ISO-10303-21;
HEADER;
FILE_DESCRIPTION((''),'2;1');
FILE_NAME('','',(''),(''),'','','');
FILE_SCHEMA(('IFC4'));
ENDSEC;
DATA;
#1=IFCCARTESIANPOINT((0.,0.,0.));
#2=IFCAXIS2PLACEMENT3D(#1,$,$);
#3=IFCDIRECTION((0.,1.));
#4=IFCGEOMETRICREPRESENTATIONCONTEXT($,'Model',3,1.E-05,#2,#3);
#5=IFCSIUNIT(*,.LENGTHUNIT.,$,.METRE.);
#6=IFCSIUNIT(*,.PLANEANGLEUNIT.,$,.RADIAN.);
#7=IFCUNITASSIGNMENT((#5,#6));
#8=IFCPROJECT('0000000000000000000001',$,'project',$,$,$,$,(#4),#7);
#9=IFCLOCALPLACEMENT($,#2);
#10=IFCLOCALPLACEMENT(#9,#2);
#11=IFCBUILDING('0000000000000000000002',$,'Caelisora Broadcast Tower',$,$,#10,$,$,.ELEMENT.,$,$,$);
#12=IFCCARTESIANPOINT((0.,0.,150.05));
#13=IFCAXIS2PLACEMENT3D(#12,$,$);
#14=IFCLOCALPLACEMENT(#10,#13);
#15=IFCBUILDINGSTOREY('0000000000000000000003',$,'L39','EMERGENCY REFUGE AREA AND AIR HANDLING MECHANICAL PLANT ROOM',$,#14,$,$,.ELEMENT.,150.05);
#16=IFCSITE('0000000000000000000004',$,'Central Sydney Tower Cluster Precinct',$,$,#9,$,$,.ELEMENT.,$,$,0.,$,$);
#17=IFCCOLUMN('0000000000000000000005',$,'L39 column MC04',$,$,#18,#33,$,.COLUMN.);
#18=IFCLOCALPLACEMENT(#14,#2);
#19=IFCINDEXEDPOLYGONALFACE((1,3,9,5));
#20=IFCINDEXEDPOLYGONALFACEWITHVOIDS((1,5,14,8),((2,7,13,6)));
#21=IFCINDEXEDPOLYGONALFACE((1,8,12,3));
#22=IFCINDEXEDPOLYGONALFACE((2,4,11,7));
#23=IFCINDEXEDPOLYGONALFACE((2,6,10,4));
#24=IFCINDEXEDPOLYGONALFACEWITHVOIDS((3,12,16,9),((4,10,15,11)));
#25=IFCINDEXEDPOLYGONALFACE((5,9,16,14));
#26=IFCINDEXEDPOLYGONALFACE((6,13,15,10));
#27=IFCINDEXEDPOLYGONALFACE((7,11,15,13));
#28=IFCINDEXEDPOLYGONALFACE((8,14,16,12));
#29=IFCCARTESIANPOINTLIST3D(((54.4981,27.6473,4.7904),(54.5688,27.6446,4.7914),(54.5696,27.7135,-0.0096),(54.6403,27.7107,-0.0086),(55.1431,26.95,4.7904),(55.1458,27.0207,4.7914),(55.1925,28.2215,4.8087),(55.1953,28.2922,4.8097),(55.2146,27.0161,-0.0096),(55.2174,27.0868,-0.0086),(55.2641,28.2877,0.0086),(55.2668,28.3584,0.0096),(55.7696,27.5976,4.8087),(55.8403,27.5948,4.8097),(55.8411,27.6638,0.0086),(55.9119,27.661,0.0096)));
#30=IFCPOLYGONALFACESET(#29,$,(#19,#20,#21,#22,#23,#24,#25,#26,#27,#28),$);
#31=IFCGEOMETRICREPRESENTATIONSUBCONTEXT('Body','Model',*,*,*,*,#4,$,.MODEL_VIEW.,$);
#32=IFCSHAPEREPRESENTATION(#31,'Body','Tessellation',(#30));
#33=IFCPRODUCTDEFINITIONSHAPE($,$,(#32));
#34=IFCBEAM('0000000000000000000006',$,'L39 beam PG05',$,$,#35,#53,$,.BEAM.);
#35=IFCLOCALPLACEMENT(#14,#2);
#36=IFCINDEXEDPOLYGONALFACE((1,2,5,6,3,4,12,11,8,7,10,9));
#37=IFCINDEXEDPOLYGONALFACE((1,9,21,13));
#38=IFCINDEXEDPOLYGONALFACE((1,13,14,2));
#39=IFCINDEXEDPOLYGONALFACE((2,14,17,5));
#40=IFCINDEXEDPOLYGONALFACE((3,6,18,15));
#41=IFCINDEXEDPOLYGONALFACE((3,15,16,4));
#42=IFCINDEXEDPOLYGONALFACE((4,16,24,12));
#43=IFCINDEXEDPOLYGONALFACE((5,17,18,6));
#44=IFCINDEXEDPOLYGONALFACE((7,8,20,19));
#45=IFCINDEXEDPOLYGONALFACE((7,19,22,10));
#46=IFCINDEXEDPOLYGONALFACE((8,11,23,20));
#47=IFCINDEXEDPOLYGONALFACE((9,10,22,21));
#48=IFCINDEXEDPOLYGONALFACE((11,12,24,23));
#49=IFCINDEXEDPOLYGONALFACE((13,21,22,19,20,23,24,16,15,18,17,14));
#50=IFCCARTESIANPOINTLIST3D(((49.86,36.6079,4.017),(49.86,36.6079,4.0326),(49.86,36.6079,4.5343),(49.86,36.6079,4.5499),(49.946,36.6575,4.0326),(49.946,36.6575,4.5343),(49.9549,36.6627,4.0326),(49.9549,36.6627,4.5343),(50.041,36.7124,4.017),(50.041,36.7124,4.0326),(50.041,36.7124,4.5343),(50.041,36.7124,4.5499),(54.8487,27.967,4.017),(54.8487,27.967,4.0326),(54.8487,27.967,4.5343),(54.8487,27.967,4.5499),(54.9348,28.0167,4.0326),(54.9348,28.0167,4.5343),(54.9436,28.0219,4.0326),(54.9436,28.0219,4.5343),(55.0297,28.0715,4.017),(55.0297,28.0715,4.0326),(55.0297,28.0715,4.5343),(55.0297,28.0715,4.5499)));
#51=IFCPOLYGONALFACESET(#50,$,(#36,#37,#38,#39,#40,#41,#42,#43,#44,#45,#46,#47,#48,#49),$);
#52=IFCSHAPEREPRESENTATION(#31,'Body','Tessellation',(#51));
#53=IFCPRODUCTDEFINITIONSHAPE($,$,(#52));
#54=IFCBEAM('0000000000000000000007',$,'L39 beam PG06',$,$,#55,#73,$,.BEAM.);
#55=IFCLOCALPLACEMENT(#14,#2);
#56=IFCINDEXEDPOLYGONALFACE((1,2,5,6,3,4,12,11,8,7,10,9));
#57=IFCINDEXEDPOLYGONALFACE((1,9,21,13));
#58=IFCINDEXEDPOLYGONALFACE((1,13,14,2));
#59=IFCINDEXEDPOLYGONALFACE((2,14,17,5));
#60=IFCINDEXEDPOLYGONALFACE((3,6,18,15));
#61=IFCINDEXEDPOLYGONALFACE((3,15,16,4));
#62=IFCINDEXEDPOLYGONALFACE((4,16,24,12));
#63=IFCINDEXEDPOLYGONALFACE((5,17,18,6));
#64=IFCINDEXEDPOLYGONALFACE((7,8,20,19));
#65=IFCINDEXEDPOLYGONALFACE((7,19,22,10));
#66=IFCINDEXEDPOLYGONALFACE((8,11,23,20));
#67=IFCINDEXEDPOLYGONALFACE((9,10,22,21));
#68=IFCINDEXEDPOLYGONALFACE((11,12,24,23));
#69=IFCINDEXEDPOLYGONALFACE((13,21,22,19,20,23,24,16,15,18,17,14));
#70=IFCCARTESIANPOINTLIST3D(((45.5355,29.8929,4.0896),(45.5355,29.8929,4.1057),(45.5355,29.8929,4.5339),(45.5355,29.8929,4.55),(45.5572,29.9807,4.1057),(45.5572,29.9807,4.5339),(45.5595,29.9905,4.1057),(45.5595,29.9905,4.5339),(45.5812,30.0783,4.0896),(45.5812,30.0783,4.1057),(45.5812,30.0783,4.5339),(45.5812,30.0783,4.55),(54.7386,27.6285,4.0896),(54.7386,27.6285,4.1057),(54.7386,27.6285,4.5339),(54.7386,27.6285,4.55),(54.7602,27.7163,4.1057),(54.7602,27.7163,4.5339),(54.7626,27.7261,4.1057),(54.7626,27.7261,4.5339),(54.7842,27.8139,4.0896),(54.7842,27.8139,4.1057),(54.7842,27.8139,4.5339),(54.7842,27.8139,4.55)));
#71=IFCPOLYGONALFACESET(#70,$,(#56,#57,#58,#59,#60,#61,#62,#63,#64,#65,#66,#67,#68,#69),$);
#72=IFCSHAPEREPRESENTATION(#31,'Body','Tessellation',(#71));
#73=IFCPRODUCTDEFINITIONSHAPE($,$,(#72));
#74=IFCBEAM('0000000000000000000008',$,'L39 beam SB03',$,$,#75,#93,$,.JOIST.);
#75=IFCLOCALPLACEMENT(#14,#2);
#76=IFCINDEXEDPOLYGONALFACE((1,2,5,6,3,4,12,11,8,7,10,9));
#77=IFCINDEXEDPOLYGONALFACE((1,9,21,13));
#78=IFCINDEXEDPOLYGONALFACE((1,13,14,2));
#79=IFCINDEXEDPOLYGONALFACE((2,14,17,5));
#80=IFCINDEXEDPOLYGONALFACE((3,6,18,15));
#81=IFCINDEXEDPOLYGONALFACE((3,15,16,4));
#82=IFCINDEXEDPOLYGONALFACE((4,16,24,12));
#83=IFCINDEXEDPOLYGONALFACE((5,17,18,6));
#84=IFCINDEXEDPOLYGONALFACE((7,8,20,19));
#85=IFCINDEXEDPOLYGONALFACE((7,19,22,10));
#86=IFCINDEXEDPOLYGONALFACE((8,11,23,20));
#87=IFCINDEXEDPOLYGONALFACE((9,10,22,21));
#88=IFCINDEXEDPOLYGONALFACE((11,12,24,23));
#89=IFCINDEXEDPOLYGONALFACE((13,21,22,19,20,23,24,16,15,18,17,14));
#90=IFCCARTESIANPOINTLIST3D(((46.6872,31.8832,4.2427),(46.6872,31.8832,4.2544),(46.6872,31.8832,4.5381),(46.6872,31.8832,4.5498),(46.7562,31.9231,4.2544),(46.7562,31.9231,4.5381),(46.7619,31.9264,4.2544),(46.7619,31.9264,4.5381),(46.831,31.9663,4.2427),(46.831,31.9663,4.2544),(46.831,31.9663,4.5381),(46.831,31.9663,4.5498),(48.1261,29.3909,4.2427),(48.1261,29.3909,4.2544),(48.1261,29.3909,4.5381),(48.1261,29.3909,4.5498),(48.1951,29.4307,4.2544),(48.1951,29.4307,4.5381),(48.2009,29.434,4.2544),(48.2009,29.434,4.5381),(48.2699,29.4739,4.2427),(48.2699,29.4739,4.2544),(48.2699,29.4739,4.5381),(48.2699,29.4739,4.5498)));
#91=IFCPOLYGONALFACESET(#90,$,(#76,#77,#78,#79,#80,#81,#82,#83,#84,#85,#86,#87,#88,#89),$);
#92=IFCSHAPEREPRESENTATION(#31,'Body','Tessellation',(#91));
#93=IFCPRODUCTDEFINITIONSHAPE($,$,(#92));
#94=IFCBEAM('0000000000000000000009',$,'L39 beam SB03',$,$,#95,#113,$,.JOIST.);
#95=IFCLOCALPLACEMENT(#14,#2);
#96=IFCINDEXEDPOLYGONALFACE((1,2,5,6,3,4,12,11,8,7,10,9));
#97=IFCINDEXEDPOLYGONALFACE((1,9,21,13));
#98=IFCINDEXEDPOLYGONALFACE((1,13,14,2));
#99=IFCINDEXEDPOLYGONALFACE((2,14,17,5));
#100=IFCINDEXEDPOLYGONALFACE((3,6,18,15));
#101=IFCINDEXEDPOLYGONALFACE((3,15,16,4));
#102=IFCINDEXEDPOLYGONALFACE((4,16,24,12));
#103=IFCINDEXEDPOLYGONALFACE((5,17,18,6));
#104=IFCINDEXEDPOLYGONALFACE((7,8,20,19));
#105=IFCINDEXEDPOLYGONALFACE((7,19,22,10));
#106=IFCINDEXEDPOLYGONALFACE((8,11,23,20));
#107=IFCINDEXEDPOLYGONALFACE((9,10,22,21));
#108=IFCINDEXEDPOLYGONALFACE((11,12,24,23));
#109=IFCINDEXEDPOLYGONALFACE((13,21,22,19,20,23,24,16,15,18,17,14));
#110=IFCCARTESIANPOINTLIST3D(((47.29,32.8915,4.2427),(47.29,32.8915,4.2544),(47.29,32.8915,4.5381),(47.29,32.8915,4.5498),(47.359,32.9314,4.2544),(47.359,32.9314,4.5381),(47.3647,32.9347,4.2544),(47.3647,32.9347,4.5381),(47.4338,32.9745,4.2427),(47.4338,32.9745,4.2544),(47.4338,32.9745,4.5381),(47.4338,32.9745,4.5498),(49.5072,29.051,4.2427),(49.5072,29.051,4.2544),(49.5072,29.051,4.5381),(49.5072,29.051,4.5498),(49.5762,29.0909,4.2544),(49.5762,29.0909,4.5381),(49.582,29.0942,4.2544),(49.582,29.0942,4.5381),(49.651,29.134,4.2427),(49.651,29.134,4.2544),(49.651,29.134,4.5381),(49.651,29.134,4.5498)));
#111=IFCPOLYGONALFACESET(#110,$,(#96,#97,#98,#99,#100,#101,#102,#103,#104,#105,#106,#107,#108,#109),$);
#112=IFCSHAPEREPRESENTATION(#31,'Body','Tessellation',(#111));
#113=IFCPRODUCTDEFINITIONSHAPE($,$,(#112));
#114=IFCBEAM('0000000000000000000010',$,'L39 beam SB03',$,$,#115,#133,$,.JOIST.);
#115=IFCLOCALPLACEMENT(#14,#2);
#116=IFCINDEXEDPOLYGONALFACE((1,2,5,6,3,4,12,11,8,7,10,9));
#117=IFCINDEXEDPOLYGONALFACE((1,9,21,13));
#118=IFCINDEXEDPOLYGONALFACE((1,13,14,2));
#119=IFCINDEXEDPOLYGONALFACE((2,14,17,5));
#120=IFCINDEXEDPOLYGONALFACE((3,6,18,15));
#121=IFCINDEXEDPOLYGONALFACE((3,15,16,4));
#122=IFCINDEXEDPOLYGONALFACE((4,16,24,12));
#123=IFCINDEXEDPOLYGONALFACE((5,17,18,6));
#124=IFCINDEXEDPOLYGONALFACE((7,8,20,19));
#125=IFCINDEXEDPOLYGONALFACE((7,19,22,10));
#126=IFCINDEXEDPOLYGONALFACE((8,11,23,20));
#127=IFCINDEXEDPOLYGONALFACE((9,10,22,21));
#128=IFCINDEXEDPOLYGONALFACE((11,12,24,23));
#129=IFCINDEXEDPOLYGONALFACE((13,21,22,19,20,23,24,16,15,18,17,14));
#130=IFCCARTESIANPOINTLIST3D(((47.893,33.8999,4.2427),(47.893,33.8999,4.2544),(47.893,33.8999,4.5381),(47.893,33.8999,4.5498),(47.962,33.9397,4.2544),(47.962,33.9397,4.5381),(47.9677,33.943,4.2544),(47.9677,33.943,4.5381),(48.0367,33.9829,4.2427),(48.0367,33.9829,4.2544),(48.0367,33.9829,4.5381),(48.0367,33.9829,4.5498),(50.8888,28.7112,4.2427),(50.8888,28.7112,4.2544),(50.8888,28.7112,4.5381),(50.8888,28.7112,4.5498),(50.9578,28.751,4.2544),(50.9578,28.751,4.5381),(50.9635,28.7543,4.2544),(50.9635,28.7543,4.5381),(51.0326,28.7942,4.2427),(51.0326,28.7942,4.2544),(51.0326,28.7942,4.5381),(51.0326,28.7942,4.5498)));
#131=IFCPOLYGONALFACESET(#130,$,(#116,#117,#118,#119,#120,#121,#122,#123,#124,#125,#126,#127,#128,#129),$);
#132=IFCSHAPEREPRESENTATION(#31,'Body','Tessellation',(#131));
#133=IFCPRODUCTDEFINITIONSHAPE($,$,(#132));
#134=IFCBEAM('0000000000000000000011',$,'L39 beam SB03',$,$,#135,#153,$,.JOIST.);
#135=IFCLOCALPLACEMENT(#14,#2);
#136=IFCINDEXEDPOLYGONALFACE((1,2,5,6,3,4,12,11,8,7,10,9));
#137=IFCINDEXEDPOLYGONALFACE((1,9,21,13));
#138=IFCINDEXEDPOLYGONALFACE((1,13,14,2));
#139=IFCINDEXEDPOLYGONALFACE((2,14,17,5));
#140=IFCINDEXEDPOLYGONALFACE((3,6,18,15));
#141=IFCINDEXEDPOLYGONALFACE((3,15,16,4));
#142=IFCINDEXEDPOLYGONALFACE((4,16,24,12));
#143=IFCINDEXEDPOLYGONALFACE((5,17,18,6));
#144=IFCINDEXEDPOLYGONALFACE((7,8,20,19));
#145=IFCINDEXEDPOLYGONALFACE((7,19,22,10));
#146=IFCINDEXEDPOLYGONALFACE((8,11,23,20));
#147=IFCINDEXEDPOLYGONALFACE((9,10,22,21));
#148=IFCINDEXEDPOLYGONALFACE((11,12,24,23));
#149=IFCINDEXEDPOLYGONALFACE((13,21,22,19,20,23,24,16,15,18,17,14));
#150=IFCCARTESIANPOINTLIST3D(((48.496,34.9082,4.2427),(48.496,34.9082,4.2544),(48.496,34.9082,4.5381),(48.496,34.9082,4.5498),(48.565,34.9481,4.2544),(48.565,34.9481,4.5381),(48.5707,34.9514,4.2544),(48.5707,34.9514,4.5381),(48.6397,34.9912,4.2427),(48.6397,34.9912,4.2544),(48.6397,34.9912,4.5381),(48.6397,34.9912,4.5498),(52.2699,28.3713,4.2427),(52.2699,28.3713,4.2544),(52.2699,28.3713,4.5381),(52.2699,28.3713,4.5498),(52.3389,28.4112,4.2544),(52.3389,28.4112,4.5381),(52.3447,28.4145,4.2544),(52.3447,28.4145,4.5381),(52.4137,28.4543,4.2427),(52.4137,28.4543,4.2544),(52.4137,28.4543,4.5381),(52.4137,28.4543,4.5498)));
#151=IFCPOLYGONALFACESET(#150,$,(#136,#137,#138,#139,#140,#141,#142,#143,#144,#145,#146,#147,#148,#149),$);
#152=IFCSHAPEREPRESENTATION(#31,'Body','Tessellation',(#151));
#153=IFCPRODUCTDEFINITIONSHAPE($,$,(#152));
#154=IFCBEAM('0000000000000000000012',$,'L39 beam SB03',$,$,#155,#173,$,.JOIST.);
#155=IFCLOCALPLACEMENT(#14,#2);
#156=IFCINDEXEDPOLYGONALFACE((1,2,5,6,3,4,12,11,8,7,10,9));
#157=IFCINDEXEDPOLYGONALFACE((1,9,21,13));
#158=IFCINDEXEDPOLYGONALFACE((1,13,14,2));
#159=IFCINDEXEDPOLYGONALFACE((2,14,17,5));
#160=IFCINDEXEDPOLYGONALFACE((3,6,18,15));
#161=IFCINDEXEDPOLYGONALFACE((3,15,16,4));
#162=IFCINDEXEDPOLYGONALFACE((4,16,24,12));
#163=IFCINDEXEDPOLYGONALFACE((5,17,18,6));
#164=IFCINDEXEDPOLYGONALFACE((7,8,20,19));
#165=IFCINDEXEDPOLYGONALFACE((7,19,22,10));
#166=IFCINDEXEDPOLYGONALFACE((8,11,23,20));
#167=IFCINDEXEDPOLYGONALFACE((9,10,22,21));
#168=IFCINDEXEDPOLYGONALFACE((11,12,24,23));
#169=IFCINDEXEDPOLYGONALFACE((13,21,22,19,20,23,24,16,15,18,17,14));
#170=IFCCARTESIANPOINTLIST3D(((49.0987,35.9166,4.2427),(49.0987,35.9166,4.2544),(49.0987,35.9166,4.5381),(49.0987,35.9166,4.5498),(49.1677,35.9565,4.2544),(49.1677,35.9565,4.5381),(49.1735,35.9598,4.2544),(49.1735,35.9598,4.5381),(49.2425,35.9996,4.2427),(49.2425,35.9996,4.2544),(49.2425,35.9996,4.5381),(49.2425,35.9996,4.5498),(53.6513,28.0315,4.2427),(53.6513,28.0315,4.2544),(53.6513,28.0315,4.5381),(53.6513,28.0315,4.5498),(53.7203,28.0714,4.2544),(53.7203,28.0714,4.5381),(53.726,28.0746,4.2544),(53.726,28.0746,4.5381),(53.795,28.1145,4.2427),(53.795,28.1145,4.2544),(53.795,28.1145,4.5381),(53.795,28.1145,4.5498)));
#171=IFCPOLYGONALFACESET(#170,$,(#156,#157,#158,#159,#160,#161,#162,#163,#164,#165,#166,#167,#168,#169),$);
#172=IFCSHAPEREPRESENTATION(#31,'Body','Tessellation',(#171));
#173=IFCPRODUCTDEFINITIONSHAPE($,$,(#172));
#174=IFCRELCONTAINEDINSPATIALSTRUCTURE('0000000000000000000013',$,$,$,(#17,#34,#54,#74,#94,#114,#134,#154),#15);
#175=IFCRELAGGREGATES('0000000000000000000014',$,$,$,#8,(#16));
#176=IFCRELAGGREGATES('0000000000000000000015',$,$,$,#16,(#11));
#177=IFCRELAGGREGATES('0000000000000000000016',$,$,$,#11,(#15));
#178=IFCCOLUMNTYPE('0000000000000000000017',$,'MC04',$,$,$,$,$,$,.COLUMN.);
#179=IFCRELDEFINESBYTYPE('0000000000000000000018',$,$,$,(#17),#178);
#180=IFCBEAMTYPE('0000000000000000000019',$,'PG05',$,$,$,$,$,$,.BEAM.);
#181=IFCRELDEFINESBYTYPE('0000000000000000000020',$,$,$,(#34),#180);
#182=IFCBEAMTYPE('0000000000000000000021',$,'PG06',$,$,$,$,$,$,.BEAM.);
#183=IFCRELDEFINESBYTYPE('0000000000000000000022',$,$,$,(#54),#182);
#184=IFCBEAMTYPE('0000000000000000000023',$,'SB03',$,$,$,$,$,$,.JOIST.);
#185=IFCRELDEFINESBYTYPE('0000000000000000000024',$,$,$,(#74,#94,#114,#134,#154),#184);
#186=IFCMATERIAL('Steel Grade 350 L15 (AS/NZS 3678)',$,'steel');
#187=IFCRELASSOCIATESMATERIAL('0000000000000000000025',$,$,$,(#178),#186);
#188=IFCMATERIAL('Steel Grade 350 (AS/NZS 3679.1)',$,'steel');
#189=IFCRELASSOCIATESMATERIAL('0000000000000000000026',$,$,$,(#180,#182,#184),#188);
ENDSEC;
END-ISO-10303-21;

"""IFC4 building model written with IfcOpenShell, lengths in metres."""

from ifc_helpers import new_model, si_unit, direction, frame, origin, origin_2d, place, context, subcontext, project, spatial, hollow_rectangle, i_section, extrude, source, transform, mapped, material, material_profile, profile_set, type_object, type_shapes, element, save


model = new_model("IFC4")

# Units and contexts
model_context = context("Model", 3, precision=1e-05, world=origin(), true_north=direction((0.0, 1.0)))
body_context = subcontext(model_context, "Body", "Model", "MODEL_VIEW")
ifc_project = project(units=[si_unit("LENGTHUNIT", "METRE"), si_unit("PLANEANGLEUNIT", "RADIAN")], contexts=[model_context])

# Site, building, storey
site_placement = place(None, origin())
site = spatial("IfcSite", under=ifc_project, at=site_placement, Name="Central Sydney Tower Cluster Precinct", CompositionType="ELEMENT", RefElevation=0.0)
building_placement = place(site_placement, origin())
building = spatial("IfcBuilding", under=site, at=building_placement, Name="Caelisora Broadcast Tower", CompositionType="ELEMENT")
storey_placement = place(building_placement, frame((0.0, 0.0, 150.05)))
storey = spatial("IfcBuildingStorey", under=building, at=storey_placement, Name="L39", Description="EMERGENCY REFUGE AREA AND AIR HANDLING MECHANICAL PLANT ROOM", CompositionType="ELEMENT", Elevation=150.05)

# Column
ifc_material_1 = material(Name="Steel Grade 350 L15 (AS/NZS 3678)", Category="steel")
ifc_material_profile_1 = material_profile(ifc_material_1, hollow_rectangle(XDim=0.95, YDim=0.95, WallThickness=0.05, at=origin_2d()), Name="Steel Grade 350 L15 (AS/NZS 3678)")
ifc_profile_set_1 = profile_set([ifc_material_profile_1], Name="Steel Grade 350 L15 (AS/NZS 3678)")
column_type = type_object("IfcColumnType", Name="MC04", PredefinedType="COLUMN", material=ifc_profile_set_1)
shared_shape_1 = source(origin(), body_context, "Body", "SweptSolid", [
    extrude(hollow_rectangle(XDim=0.95, YDim=0.95, WallThickness=0.05, at=origin_2d()), origin(), (0.0, 0.0, 1.0), 4.801),
])
type_shapes(column_type, [shared_shape_1])
column_placement = place(storey_placement, frame((55.2407, 27.6873, 0.0), z_axis=(-0.0149, -0.013781, 0.999794), x_axis=(0.679008, -0.734131, 0.0)))
element("IfcColumn", 1, at=column_placement, inside=storey, type_object=column_type, Name="L39 column MC04", PredefinedType="COLUMN", context=body_context, shape_type="MappedRepresentation", body=[
    mapped(shared_shape_1, transform((0.0, 0.0, 0.0), scale=1.0)),
])

# Beams
ifc_material_2 = material(Name="Steel Grade 350 (AS/NZS 3679.1)", Category="steel")
ifc_material_profile_2 = material_profile(ifc_material_2, i_section(OverallWidth=0.209, OverallDepth=0.533, WebThickness=0.0103, FlangeThickness=0.0156, at=origin_2d()), Name="Steel Grade 350 (AS/NZS 3679.1)")
ifc_profile_set_2 = profile_set([ifc_material_profile_2], Name="Steel Grade 350 (AS/NZS 3679.1)")
beam_type_1 = type_object("IfcBeamType", Name="PG05", PredefinedType="BEAM", material=ifc_profile_set_2)
shared_shape_2 = source(origin(), body_context, "Body", "SweptSolid", [
    extrude(i_section(OverallWidth=0.209, OverallDepth=0.533, WebThickness=0.0103, FlangeThickness=0.0156, at=origin_2d()), origin(), (0.0, 0.0, 1.0), 9.9775),
])
type_shapes(beam_type_1, [shared_shape_2])
beam_1_placement = place(storey_placement, frame((54.9392, 28.0193, 4.2834), z_axis=(-0.499997, 0.866027, 0.0), x_axis=(-0.866027, -0.499997, 0.0)))
element("IfcBeam", 2, at=beam_1_placement, inside=storey, type_object=beam_type_1, Name="L39 beam PG05", PredefinedType="BEAM", context=body_context, shape_type="MappedRepresentation", body=[
    mapped(shared_shape_2, transform((0.0, 0.0, 0.0), scale=1.0)),
])
ifc_material_profile_3 = material_profile(ifc_material_2, i_section(OverallWidth=0.1909, OverallDepth=0.4604, WebThickness=0.01, FlangeThickness=0.0161, at=origin_2d()), Name="Steel Grade 350 (AS/NZS 3679.1)")
ifc_profile_set_3 = profile_set([ifc_material_profile_3], Name="Steel Grade 350 (AS/NZS 3679.1)")
beam_type_2 = type_object("IfcBeamType", Name="PG06", PredefinedType="BEAM", material=ifc_profile_set_3)
shared_shape_3 = source(origin(), body_context, "Body", "SweptSolid", [
    extrude(i_section(OverallWidth=0.1909, OverallDepth=0.4604, WebThickness=0.01, FlangeThickness=0.0161, at=origin_2d()), origin(), (0.0, 0.0, 1.0), 9.4775),
])
type_shapes(beam_type_2, [shared_shape_3])
beam_2_placement = place(storey_placement, frame((45.5583, 29.9856, 4.3198), z_axis=(0.971039, -0.238922, 0.0), x_axis=(0.238922, 0.971039, 0.0)))
element("IfcBeam", 3, at=beam_2_placement, inside=storey, type_object=beam_type_2, Name="L39 beam PG06", PredefinedType="BEAM", context=body_context, shape_type="MappedRepresentation", body=[
    mapped(shared_shape_3, transform((0.0, 0.0, 0.0), scale=1.0)),
])
ifc_material_profile_4 = material_profile(ifc_material_2, i_section(OverallWidth=0.166, OverallDepth=0.3071, WebThickness=0.0066, FlangeThickness=0.0117, at=origin_2d()), Name="Steel Grade 350 (AS/NZS 3679.1)")
ifc_profile_set_4 = profile_set([ifc_material_profile_4], Name="Steel Grade 350 (AS/NZS 3679.1)")
beam_type_3 = type_object("IfcBeamType", Name="SB03", PredefinedType="JOIST", material=ifc_profile_set_4)
shared_shape_4 = source(origin(), body_context, "Body", "SweptSolid", [
    extrude(i_section(OverallWidth=0.166, OverallDepth=0.3071, WebThickness=0.0066, FlangeThickness=0.0117, at=origin_2d()), origin(), (0.0, 0.0, 1.0), 2.8779),
])
beam_3_placement = place(storey_placement, frame((48.198, 29.4324, 4.3962), z_axis=(-0.499989, 0.866032, 0.0), x_axis=(-0.866032, -0.499989, 0.0)))
element("IfcBeam", 4, at=beam_3_placement, inside=storey, type_object=beam_type_3, Name="L39 beam SB03", PredefinedType="JOIST", context=body_context, shape_type="MappedRepresentation", body=[
    mapped(shared_shape_4, transform((0.0, 0.0, 0.0), scale=1.0)),
])
shared_shape_5 = source(origin(), body_context, "Body", "SweptSolid", [
    extrude(i_section(OverallWidth=0.166, OverallDepth=0.3071, WebThickness=0.0066, FlangeThickness=0.0117, at=origin_2d()), origin(), (0.0, 0.0, 1.0), 4.4346),
])
beam_4_placement = place(storey_placement, frame((49.5791, 29.0925, 4.3962), z_axis=(-0.499988, 0.866032, 0.0), x_axis=(-0.866032, -0.499988, 0.0)))
element("IfcBeam", 5, at=beam_4_placement, inside=storey, type_object=beam_type_3, Name="L39 beam SB03", PredefinedType="JOIST", context=body_context, shape_type="MappedRepresentation", body=[
    mapped(shared_shape_5, transform((0.0, 0.0, 0.0), scale=1.0)),
])
shared_shape_6 = source(origin(), body_context, "Body", "SweptSolid", [
    extrude(i_section(OverallWidth=0.166, OverallDepth=0.3071, WebThickness=0.0066, FlangeThickness=0.0117, at=origin_2d()), origin(), (0.0, 0.0, 1.0), 5.9915),
])
beam_5_placement = place(storey_placement, frame((50.9607, 28.7527, 4.3962), z_axis=(-0.500018, 0.866015, 0.0), x_axis=(-0.866015, -0.500018, 0.0)))
element("IfcBeam", 6, at=beam_5_placement, inside=storey, type_object=beam_type_3, Name="L39 beam SB03", PredefinedType="JOIST", context=body_context, shape_type="MappedRepresentation", body=[
    mapped(shared_shape_6, transform((0.0, 0.0, 0.0), scale=1.0)),
])
shared_shape_7 = source(origin(), body_context, "Body", "SweptSolid", [
    extrude(i_section(OverallWidth=0.166, OverallDepth=0.3071, WebThickness=0.0066, FlangeThickness=0.0117, at=origin_2d()), origin(), (0.0, 0.0, 1.0), 7.5481),
])
beam_6_placement = place(storey_placement, frame((52.3418, 28.4128, 4.3962), z_axis=(-0.499987, 0.866033, 0.0), x_axis=(-0.866033, -0.499987, 0.0)))
element("IfcBeam", 7, at=beam_6_placement, inside=storey, type_object=beam_type_3, Name="L39 beam SB03", PredefinedType="JOIST", context=body_context, shape_type="MappedRepresentation", body=[
    mapped(shared_shape_7, transform((0.0, 0.0, 0.0), scale=1.0)),
])
shared_shape_8 = source(origin(), body_context, "Body", "SweptSolid", [
    extrude(i_section(OverallWidth=0.166, OverallDepth=0.3071, WebThickness=0.0066, FlangeThickness=0.0117, at=origin_2d()), origin(), (0.0, 0.0, 1.0), 9.105),
])
type_shapes(beam_type_3, [shared_shape_4, shared_shape_5, shared_shape_6, shared_shape_7, shared_shape_8])
beam_7_placement = place(storey_placement, frame((53.7231, 28.073, 4.3962), z_axis=(-0.500006, 0.866022, 0.0), x_axis=(-0.866022, -0.500006, 0.0)))
element("IfcBeam", 8, at=beam_7_placement, inside=storey, type_object=beam_type_3, Name="L39 beam SB03", PredefinedType="JOIST", context=body_context, shape_type="MappedRepresentation", body=[
    mapped(shared_shape_8, transform((0.0, 0.0, 0.0), scale=1.0)),
])

save(model, "model.ifc")
